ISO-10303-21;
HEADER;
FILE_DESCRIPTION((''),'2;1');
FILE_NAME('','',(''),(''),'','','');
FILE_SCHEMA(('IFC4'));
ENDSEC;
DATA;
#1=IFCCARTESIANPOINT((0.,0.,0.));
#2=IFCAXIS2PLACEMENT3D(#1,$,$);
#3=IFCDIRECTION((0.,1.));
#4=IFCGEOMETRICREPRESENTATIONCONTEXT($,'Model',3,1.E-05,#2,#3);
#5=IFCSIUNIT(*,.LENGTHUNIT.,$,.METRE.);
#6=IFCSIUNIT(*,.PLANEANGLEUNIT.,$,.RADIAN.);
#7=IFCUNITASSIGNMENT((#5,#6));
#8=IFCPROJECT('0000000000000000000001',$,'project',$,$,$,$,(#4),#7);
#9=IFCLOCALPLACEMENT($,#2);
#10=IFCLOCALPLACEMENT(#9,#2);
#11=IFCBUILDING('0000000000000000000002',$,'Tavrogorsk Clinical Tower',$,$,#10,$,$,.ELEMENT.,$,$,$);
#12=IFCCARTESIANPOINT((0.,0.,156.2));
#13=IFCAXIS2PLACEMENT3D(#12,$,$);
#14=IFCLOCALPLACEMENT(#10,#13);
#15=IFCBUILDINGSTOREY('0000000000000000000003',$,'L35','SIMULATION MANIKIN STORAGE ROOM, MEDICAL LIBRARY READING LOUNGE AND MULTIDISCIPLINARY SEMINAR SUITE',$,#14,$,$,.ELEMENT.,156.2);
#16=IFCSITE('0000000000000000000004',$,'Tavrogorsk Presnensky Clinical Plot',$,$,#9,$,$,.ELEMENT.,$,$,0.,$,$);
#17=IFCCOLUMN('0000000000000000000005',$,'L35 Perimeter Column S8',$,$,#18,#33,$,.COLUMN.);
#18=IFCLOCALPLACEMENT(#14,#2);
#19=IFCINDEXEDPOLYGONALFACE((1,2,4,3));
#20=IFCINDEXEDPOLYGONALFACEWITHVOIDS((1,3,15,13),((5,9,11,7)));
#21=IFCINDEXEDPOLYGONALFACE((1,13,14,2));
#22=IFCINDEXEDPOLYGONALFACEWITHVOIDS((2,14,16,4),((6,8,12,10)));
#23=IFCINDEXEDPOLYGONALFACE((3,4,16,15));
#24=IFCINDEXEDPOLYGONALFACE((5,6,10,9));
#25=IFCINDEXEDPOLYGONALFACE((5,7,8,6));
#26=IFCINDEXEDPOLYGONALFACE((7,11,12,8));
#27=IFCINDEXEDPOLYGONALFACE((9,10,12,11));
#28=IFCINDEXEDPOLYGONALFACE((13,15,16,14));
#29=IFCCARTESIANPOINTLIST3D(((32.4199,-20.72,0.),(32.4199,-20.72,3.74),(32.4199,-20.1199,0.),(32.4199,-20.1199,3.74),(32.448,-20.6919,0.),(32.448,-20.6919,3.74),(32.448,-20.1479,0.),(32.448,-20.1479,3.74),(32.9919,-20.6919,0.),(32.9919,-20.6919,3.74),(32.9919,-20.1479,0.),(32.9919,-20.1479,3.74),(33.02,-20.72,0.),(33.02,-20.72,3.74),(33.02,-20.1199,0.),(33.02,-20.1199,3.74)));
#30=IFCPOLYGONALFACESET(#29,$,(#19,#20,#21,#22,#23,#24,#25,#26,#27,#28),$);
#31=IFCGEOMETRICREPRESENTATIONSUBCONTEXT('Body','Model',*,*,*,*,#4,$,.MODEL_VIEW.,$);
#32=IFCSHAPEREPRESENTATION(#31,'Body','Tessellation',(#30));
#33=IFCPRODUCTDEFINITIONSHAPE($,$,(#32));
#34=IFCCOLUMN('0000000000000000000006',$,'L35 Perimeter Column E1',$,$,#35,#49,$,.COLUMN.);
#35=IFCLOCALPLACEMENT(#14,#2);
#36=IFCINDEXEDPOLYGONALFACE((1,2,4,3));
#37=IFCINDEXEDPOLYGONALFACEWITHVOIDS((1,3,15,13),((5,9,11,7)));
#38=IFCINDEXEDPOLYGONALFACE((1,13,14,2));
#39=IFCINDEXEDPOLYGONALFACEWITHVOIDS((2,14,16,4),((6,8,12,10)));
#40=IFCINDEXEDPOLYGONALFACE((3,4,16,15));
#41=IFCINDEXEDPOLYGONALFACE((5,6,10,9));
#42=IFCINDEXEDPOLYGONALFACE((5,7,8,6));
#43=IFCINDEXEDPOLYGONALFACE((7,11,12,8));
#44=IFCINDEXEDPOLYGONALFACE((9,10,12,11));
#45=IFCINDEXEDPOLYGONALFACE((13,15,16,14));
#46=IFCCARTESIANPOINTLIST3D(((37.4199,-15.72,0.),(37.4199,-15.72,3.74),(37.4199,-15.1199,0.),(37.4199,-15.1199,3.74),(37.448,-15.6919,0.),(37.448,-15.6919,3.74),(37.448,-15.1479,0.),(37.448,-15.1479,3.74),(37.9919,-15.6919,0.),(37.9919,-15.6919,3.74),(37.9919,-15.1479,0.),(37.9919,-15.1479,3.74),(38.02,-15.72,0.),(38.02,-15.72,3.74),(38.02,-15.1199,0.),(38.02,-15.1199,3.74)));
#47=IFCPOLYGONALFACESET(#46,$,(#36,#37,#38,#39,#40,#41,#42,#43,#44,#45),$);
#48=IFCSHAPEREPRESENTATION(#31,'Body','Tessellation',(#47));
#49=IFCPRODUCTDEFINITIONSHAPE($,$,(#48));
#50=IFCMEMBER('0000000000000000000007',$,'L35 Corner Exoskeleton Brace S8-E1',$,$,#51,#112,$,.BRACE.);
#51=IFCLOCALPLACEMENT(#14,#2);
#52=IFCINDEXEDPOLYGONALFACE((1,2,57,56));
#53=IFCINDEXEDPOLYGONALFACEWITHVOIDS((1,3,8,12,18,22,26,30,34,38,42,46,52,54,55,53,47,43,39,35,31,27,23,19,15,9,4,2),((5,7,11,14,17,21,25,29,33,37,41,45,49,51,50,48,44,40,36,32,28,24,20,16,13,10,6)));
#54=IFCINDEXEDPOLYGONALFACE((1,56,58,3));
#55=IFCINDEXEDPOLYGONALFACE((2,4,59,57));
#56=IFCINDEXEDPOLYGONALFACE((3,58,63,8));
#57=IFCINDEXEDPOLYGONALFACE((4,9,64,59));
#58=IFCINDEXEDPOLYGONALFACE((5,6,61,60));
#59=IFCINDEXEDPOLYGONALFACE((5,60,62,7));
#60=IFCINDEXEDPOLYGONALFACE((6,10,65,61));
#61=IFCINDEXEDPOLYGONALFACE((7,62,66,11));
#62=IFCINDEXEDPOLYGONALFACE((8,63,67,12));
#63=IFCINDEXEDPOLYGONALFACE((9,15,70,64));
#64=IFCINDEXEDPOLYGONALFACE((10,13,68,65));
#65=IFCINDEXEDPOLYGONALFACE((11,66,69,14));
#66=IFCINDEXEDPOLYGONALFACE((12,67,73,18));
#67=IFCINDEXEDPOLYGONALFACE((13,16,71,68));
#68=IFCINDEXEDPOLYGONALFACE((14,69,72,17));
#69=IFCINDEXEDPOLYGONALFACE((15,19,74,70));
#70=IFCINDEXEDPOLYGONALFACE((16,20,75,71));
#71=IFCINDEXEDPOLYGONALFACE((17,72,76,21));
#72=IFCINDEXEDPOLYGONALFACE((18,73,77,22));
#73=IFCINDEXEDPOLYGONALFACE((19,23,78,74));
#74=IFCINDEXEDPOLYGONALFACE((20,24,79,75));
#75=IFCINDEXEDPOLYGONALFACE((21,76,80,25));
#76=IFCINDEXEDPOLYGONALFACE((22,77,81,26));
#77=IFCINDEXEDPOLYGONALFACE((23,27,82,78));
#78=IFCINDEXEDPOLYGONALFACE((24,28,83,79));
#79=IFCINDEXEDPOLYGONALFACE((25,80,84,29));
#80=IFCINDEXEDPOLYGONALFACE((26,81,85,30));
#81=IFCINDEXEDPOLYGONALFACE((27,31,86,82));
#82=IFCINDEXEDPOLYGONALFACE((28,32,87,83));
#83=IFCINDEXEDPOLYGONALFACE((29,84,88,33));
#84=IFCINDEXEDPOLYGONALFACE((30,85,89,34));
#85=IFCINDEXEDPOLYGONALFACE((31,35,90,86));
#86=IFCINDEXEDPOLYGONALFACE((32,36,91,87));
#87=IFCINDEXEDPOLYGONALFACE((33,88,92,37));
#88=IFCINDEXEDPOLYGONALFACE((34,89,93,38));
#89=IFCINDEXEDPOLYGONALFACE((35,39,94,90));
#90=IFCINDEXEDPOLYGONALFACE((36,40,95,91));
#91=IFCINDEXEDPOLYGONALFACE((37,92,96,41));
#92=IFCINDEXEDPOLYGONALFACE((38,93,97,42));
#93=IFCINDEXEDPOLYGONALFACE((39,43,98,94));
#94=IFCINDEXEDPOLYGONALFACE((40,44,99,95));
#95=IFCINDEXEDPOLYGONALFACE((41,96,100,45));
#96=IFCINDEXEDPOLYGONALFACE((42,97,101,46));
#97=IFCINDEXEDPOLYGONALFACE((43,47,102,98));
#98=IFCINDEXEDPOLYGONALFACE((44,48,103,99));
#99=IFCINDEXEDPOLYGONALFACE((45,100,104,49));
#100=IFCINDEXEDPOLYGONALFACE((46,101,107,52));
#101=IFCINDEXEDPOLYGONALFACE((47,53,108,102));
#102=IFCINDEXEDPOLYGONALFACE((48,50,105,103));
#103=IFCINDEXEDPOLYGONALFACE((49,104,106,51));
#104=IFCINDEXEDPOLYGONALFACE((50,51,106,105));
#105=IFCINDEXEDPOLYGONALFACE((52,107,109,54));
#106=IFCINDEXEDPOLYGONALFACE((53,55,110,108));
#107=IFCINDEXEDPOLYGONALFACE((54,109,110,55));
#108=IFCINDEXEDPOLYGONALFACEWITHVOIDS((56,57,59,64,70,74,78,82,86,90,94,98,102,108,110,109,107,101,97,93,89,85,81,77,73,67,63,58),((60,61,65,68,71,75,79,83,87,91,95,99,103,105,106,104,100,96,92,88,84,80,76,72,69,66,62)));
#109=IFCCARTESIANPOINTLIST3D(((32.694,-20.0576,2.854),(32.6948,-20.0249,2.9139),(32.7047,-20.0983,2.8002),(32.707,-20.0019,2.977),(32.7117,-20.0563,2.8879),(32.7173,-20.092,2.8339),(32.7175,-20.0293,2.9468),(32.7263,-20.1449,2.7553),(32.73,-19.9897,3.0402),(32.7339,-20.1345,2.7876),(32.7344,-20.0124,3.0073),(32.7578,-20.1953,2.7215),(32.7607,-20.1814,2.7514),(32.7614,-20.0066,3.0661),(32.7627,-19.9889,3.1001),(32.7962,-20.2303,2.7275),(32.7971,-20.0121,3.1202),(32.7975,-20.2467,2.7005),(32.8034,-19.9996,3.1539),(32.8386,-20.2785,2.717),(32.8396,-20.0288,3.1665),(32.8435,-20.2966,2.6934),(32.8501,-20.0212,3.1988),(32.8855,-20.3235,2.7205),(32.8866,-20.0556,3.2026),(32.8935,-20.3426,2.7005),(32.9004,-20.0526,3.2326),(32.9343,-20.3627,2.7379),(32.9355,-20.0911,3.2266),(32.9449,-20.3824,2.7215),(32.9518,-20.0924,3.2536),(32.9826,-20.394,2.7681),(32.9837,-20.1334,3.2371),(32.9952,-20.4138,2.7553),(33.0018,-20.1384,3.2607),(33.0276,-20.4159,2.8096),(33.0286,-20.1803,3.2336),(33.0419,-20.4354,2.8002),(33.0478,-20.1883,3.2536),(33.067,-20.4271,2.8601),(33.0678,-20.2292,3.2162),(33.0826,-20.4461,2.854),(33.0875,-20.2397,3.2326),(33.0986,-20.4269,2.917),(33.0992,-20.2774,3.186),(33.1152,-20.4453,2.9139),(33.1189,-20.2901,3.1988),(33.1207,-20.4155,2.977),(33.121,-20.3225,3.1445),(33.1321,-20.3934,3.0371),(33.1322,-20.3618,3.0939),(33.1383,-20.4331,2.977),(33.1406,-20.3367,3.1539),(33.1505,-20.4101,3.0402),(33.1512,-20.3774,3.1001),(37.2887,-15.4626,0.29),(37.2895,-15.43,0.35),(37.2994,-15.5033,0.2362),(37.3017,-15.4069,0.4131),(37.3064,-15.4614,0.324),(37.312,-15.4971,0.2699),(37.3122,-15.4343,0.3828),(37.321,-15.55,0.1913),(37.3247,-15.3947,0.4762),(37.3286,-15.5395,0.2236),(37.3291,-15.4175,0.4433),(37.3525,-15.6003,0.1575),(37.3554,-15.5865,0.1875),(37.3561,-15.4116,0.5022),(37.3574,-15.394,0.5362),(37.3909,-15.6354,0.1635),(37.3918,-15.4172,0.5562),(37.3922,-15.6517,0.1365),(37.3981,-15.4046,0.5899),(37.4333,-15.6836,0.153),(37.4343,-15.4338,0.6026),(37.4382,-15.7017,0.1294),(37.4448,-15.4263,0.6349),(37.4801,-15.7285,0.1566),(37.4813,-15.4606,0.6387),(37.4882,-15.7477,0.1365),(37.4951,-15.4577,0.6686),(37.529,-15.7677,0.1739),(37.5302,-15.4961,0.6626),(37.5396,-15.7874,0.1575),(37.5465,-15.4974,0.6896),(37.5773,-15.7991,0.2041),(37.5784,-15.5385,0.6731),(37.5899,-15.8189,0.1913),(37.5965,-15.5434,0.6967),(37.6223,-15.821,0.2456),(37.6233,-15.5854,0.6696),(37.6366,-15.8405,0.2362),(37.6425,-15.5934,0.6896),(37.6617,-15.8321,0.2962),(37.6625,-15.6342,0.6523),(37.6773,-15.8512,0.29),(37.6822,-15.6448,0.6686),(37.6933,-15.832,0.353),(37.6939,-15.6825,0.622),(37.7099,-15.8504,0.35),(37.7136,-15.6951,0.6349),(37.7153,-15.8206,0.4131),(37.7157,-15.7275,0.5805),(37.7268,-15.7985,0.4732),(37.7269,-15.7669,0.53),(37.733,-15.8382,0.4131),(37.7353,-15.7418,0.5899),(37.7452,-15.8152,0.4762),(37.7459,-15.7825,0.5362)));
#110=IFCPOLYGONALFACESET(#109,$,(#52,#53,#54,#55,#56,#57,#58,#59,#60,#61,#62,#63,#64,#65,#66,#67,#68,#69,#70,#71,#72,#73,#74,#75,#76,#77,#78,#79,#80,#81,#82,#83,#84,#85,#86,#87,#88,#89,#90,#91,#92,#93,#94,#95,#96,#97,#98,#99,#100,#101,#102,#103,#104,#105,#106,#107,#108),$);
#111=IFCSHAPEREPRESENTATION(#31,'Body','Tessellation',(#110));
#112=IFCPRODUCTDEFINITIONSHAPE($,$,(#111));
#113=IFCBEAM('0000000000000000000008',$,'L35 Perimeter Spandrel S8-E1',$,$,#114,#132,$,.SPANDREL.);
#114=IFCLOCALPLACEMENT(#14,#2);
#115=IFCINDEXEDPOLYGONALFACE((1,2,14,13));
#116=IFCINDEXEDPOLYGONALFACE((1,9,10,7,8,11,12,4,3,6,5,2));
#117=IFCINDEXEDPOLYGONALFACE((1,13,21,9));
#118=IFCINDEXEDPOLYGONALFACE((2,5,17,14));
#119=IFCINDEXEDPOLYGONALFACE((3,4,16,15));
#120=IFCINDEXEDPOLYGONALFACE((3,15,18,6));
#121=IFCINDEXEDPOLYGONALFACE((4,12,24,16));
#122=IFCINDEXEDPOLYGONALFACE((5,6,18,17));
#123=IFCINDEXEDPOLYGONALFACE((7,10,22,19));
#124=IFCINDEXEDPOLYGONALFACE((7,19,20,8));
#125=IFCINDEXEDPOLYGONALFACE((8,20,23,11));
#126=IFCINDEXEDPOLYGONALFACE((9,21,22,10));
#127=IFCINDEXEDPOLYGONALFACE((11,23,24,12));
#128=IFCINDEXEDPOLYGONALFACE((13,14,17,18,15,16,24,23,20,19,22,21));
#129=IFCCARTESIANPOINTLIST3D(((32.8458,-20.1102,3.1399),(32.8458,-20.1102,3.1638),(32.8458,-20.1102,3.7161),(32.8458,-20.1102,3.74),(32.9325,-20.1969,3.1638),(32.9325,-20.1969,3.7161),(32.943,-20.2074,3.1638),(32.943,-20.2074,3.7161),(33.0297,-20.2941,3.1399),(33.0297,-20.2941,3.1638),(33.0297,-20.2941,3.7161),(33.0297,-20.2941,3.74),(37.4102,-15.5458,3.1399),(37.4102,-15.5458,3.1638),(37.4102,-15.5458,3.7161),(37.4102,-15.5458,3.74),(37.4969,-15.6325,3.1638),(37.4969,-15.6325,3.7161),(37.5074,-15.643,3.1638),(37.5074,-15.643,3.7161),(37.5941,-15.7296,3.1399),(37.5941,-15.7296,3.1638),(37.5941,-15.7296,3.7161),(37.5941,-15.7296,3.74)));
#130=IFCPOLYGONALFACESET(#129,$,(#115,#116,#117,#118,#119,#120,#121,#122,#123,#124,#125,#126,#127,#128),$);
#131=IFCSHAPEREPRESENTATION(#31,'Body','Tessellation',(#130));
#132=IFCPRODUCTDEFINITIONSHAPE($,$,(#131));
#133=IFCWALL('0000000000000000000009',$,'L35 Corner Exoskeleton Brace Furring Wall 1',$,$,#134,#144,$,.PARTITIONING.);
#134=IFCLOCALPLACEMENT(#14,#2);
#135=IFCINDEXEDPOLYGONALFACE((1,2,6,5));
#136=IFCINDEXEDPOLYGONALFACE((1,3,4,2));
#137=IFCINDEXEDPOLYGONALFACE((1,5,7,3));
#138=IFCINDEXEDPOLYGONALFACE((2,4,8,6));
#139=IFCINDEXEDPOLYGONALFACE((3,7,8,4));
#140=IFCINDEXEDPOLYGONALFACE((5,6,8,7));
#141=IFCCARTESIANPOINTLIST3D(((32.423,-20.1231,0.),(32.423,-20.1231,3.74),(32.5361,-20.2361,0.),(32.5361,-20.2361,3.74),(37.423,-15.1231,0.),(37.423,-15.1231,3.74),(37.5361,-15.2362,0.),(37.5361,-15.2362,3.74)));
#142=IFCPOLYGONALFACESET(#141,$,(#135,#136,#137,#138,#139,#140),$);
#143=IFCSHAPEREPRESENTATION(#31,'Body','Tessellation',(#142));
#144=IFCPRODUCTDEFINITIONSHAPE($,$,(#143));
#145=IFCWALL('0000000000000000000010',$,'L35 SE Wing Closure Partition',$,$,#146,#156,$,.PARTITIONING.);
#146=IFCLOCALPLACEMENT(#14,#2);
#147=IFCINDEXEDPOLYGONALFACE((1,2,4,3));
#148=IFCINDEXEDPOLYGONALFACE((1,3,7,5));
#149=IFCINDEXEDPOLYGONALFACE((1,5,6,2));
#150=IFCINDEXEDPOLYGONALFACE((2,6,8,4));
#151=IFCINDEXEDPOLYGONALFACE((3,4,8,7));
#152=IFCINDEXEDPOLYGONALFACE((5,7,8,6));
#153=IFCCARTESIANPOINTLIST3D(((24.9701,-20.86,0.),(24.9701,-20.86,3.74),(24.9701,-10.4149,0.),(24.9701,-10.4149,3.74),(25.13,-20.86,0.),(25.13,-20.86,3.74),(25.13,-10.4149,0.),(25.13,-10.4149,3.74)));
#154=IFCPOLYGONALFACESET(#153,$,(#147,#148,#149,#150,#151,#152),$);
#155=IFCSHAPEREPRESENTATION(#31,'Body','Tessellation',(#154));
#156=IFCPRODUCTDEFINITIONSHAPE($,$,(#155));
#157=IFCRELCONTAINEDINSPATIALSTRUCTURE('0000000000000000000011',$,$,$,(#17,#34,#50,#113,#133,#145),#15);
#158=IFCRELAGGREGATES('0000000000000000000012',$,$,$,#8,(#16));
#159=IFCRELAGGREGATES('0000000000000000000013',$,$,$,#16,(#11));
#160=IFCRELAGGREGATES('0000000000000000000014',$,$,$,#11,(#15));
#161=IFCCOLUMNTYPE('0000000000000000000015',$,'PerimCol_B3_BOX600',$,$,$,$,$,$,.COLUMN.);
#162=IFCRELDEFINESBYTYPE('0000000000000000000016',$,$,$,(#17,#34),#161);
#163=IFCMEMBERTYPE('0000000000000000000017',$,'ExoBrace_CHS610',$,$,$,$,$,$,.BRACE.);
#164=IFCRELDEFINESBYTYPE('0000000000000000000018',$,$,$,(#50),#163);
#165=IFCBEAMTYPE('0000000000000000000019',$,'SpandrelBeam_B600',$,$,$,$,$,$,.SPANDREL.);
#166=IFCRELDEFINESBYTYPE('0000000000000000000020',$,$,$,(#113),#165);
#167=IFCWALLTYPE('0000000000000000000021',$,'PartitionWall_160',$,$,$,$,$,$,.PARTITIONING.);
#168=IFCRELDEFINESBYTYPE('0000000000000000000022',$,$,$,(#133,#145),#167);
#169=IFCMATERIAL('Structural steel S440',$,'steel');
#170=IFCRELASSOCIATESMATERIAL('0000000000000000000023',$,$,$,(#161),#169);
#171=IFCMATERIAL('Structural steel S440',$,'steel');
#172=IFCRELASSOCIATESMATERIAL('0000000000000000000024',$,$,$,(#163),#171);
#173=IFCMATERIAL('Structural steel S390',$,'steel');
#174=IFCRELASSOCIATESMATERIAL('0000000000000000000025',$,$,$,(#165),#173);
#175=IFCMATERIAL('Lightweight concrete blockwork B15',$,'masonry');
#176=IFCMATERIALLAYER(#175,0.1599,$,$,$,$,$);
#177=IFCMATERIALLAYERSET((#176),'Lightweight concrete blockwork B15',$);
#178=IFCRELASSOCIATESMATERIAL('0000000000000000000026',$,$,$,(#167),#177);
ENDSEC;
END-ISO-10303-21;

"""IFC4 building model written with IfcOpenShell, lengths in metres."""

from ifc_helpers import new_model, si_unit, direction, frame, frame_2d, origin, origin_2d, place, context, subcontext, project, spatial, rectangle, hollow_rectangle, hollow_circle, i_section, extrude, material, layer, layer_set, material_profile, profile_set, type_object, element, save


model = new_model("IFC4")

# Units and contexts
model_context = context("Model", 3, precision=1e-05, world=origin(), true_north=direction((0.0, 1.0)))
body_context = subcontext(model_context, "Body", "Model", "MODEL_VIEW")
ifc_project = project(units=[si_unit("LENGTHUNIT", "METRE"), si_unit("PLANEANGLEUNIT", "RADIAN")], contexts=[model_context])

# Site, building, storey
site_placement = place(None, origin())
site = spatial("IfcSite", under=ifc_project, at=site_placement, Name="Tavrogorsk Presnensky Clinical Plot", CompositionType="ELEMENT", RefElevation=0.0)
building_placement = place(site_placement, origin())
building = spatial("IfcBuilding", under=site, at=building_placement, Name="Tavrogorsk Clinical Tower", CompositionType="ELEMENT")
storey_placement = place(building_placement, frame((0.0, 0.0, 156.2)))
storey = spatial("IfcBuildingStorey", under=building, at=storey_placement, Name="L35", Description="SIMULATION MANIKIN STORAGE ROOM, MEDICAL LIBRARY READING LOUNGE AND MULTIDISCIPLINARY SEMINAR SUITE", CompositionType="ELEMENT", Elevation=156.2)

# Columns
ifc_material_1 = material(Name="Structural steel S440", Category="steel")
ifc_material_profile_1 = material_profile(ifc_material_1, hollow_rectangle(XDim=0.6001, YDim=0.6001, WallThickness=0.0281, at=origin_2d()), Name="BOX-600x600x28")
ifc_profile_set_1 = profile_set([ifc_material_profile_1], Name="Structural steel S440")
column_type = type_object("IfcColumnType", Name="PerimCol_B3_BOX600", PredefinedType="COLUMN", material=ifc_profile_set_1)
for number, where, z_axis, x_axis, name in (
    (1, (32.72, -20.4199, 0.0), (0.0, 0.0, 1.0), (1.0, 0.0, 0.0), "L35 Perimeter Column S8"),
    (2, (37.72, -15.4199, 0.0), (0.0, 0.0, 1.0), (1.0, 0.0, 0.0), "L35 Perimeter Column E1"),
):
    element("IfcColumn", number, at=place(storey_placement, frame(where, z_axis=z_axis, x_axis=x_axis)), inside=storey, type_object=column_type, Name=name, PredefinedType="COLUMN", context=body_context, shape_type="SweptSolid", body=[
        extrude(hollow_rectangle(XDim=0.6001, YDim=0.6001, WallThickness=0.0281, at=origin_2d()), origin(), (0.0, 0.0, 1.0), 3.74),
    ])

# Member
ifc_material_2 = material(Name="Structural steel S440", Category="steel")
ifc_material_profile_2 = material_profile(ifc_material_2, hollow_circle(Radius=0.3049, WallThickness=0.0249, at=origin_2d()), Name="CHS-610x25")
ifc_profile_set_2 = profile_set([ifc_material_profile_2], Name="Structural steel S440")
member_type = type_object("IfcMemberType", Name="ExoBrace_CHS610", PredefinedType="BRACE", material=ifc_profile_set_2)
member_placement = place(storey_placement, frame((37.5173, -15.6226, 0.4131), z_axis=(-0.657739, -0.657774, 0.367034), x_axis=(0.707126, -0.707088, 0.0)))
element("IfcMember", 3, at=member_placement, inside=storey, type_object=member_type, Name="L35 Corner Exoskeleton Brace S8-E1", PredefinedType="BRACE", context=body_context, shape_type="SweptSolid", body=[
    extrude(hollow_circle(Radius=0.3049, WallThickness=0.0249, at=origin_2d()), origin(), (0.0, 0.0, 1.0), 6.9856),
])

# Beam
ifc_material_3 = material(Name="Structural steel S390", Category="steel")
ifc_material_profile_3 = material_profile(ifc_material_3, i_section(OverallWidth=0.26, OverallDepth=0.6001, WebThickness=0.0149, FlangeThickness=0.0239, at=origin_2d()), Name="B-600x260x15x24")
ifc_profile_set_3 = profile_set([ifc_material_profile_3], Name="Structural steel S390")
beam_type = type_object("IfcBeamType", Name="SpandrelBeam_B600", PredefinedType="SPANDREL", material=ifc_profile_set_3)
beam_placement = place(storey_placement, frame((32.9377, -20.2021, 3.4399), z_axis=(0.707107, 0.707107, 0.0), x_axis=(-0.707107, 0.707107, 0.0)))
element("IfcBeam", 4, at=beam_placement, inside=storey, type_object=beam_type, Name="L35 Perimeter Spandrel S8-E1", PredefinedType="SPANDREL", context=body_context, shape_type="SweptSolid", body=[
    extrude(i_section(OverallWidth=0.26, OverallDepth=0.6001, WebThickness=0.0149, FlangeThickness=0.0239, at=origin_2d()), origin(), (0.0, 0.0, 1.0), 6.4551),
])

# Walls
ifc_material_4 = material(Name="Lightweight concrete blockwork B15", Category="masonry")
ifc_layer_1 = layer(ifc_material_4, 0.1599)
ifc_layer_set_1 = layer_set([ifc_layer_1], Name="Lightweight concrete blockwork B15")
wall_type_1 = type_object("IfcWallType", Name="PartitionWall_160", PredefinedType="PARTITIONING", material=ifc_layer_set_1)
wall_1_placement = place(storey_placement, frame((32.4795, -20.1797, 0.0), z_axis=(0.0, 0.0, 1.0), x_axis=(0.707107, 0.707107, 0.0)))
element("IfcWall", 5, at=wall_1_placement, inside=storey, type_object=wall_type_1, Name="L35 Corner Exoskeleton Brace Furring Wall 1", PredefinedType="PARTITIONING", context=body_context, shape_type="SweptSolid", body=[
    extrude(rectangle(XDim=7.071, YDim=0.1599, at=frame_2d((3.5356, 0.0))), origin(), (0.0, 0.0, 1.0), 3.74),
])
wall_2_placement = place(storey_placement, frame((25.05, -20.8601, 0.0), z_axis=(0.0, 0.0, 1.0), x_axis=(0.0, 1.0, 0.0)))
element("IfcWall", 6, at=wall_2_placement, inside=storey, type_object=wall_type_1, Name="L35 SE Wing Closure Partition", PredefinedType="PARTITIONING", context=body_context, shape_type="SweptSolid", body=[
    extrude(rectangle(XDim=10.4451, YDim=0.1599, at=frame_2d((5.2227, 0.0))), origin(), (0.0, 0.0, 1.0), 3.74),
])

save(model, "model.ifc")
